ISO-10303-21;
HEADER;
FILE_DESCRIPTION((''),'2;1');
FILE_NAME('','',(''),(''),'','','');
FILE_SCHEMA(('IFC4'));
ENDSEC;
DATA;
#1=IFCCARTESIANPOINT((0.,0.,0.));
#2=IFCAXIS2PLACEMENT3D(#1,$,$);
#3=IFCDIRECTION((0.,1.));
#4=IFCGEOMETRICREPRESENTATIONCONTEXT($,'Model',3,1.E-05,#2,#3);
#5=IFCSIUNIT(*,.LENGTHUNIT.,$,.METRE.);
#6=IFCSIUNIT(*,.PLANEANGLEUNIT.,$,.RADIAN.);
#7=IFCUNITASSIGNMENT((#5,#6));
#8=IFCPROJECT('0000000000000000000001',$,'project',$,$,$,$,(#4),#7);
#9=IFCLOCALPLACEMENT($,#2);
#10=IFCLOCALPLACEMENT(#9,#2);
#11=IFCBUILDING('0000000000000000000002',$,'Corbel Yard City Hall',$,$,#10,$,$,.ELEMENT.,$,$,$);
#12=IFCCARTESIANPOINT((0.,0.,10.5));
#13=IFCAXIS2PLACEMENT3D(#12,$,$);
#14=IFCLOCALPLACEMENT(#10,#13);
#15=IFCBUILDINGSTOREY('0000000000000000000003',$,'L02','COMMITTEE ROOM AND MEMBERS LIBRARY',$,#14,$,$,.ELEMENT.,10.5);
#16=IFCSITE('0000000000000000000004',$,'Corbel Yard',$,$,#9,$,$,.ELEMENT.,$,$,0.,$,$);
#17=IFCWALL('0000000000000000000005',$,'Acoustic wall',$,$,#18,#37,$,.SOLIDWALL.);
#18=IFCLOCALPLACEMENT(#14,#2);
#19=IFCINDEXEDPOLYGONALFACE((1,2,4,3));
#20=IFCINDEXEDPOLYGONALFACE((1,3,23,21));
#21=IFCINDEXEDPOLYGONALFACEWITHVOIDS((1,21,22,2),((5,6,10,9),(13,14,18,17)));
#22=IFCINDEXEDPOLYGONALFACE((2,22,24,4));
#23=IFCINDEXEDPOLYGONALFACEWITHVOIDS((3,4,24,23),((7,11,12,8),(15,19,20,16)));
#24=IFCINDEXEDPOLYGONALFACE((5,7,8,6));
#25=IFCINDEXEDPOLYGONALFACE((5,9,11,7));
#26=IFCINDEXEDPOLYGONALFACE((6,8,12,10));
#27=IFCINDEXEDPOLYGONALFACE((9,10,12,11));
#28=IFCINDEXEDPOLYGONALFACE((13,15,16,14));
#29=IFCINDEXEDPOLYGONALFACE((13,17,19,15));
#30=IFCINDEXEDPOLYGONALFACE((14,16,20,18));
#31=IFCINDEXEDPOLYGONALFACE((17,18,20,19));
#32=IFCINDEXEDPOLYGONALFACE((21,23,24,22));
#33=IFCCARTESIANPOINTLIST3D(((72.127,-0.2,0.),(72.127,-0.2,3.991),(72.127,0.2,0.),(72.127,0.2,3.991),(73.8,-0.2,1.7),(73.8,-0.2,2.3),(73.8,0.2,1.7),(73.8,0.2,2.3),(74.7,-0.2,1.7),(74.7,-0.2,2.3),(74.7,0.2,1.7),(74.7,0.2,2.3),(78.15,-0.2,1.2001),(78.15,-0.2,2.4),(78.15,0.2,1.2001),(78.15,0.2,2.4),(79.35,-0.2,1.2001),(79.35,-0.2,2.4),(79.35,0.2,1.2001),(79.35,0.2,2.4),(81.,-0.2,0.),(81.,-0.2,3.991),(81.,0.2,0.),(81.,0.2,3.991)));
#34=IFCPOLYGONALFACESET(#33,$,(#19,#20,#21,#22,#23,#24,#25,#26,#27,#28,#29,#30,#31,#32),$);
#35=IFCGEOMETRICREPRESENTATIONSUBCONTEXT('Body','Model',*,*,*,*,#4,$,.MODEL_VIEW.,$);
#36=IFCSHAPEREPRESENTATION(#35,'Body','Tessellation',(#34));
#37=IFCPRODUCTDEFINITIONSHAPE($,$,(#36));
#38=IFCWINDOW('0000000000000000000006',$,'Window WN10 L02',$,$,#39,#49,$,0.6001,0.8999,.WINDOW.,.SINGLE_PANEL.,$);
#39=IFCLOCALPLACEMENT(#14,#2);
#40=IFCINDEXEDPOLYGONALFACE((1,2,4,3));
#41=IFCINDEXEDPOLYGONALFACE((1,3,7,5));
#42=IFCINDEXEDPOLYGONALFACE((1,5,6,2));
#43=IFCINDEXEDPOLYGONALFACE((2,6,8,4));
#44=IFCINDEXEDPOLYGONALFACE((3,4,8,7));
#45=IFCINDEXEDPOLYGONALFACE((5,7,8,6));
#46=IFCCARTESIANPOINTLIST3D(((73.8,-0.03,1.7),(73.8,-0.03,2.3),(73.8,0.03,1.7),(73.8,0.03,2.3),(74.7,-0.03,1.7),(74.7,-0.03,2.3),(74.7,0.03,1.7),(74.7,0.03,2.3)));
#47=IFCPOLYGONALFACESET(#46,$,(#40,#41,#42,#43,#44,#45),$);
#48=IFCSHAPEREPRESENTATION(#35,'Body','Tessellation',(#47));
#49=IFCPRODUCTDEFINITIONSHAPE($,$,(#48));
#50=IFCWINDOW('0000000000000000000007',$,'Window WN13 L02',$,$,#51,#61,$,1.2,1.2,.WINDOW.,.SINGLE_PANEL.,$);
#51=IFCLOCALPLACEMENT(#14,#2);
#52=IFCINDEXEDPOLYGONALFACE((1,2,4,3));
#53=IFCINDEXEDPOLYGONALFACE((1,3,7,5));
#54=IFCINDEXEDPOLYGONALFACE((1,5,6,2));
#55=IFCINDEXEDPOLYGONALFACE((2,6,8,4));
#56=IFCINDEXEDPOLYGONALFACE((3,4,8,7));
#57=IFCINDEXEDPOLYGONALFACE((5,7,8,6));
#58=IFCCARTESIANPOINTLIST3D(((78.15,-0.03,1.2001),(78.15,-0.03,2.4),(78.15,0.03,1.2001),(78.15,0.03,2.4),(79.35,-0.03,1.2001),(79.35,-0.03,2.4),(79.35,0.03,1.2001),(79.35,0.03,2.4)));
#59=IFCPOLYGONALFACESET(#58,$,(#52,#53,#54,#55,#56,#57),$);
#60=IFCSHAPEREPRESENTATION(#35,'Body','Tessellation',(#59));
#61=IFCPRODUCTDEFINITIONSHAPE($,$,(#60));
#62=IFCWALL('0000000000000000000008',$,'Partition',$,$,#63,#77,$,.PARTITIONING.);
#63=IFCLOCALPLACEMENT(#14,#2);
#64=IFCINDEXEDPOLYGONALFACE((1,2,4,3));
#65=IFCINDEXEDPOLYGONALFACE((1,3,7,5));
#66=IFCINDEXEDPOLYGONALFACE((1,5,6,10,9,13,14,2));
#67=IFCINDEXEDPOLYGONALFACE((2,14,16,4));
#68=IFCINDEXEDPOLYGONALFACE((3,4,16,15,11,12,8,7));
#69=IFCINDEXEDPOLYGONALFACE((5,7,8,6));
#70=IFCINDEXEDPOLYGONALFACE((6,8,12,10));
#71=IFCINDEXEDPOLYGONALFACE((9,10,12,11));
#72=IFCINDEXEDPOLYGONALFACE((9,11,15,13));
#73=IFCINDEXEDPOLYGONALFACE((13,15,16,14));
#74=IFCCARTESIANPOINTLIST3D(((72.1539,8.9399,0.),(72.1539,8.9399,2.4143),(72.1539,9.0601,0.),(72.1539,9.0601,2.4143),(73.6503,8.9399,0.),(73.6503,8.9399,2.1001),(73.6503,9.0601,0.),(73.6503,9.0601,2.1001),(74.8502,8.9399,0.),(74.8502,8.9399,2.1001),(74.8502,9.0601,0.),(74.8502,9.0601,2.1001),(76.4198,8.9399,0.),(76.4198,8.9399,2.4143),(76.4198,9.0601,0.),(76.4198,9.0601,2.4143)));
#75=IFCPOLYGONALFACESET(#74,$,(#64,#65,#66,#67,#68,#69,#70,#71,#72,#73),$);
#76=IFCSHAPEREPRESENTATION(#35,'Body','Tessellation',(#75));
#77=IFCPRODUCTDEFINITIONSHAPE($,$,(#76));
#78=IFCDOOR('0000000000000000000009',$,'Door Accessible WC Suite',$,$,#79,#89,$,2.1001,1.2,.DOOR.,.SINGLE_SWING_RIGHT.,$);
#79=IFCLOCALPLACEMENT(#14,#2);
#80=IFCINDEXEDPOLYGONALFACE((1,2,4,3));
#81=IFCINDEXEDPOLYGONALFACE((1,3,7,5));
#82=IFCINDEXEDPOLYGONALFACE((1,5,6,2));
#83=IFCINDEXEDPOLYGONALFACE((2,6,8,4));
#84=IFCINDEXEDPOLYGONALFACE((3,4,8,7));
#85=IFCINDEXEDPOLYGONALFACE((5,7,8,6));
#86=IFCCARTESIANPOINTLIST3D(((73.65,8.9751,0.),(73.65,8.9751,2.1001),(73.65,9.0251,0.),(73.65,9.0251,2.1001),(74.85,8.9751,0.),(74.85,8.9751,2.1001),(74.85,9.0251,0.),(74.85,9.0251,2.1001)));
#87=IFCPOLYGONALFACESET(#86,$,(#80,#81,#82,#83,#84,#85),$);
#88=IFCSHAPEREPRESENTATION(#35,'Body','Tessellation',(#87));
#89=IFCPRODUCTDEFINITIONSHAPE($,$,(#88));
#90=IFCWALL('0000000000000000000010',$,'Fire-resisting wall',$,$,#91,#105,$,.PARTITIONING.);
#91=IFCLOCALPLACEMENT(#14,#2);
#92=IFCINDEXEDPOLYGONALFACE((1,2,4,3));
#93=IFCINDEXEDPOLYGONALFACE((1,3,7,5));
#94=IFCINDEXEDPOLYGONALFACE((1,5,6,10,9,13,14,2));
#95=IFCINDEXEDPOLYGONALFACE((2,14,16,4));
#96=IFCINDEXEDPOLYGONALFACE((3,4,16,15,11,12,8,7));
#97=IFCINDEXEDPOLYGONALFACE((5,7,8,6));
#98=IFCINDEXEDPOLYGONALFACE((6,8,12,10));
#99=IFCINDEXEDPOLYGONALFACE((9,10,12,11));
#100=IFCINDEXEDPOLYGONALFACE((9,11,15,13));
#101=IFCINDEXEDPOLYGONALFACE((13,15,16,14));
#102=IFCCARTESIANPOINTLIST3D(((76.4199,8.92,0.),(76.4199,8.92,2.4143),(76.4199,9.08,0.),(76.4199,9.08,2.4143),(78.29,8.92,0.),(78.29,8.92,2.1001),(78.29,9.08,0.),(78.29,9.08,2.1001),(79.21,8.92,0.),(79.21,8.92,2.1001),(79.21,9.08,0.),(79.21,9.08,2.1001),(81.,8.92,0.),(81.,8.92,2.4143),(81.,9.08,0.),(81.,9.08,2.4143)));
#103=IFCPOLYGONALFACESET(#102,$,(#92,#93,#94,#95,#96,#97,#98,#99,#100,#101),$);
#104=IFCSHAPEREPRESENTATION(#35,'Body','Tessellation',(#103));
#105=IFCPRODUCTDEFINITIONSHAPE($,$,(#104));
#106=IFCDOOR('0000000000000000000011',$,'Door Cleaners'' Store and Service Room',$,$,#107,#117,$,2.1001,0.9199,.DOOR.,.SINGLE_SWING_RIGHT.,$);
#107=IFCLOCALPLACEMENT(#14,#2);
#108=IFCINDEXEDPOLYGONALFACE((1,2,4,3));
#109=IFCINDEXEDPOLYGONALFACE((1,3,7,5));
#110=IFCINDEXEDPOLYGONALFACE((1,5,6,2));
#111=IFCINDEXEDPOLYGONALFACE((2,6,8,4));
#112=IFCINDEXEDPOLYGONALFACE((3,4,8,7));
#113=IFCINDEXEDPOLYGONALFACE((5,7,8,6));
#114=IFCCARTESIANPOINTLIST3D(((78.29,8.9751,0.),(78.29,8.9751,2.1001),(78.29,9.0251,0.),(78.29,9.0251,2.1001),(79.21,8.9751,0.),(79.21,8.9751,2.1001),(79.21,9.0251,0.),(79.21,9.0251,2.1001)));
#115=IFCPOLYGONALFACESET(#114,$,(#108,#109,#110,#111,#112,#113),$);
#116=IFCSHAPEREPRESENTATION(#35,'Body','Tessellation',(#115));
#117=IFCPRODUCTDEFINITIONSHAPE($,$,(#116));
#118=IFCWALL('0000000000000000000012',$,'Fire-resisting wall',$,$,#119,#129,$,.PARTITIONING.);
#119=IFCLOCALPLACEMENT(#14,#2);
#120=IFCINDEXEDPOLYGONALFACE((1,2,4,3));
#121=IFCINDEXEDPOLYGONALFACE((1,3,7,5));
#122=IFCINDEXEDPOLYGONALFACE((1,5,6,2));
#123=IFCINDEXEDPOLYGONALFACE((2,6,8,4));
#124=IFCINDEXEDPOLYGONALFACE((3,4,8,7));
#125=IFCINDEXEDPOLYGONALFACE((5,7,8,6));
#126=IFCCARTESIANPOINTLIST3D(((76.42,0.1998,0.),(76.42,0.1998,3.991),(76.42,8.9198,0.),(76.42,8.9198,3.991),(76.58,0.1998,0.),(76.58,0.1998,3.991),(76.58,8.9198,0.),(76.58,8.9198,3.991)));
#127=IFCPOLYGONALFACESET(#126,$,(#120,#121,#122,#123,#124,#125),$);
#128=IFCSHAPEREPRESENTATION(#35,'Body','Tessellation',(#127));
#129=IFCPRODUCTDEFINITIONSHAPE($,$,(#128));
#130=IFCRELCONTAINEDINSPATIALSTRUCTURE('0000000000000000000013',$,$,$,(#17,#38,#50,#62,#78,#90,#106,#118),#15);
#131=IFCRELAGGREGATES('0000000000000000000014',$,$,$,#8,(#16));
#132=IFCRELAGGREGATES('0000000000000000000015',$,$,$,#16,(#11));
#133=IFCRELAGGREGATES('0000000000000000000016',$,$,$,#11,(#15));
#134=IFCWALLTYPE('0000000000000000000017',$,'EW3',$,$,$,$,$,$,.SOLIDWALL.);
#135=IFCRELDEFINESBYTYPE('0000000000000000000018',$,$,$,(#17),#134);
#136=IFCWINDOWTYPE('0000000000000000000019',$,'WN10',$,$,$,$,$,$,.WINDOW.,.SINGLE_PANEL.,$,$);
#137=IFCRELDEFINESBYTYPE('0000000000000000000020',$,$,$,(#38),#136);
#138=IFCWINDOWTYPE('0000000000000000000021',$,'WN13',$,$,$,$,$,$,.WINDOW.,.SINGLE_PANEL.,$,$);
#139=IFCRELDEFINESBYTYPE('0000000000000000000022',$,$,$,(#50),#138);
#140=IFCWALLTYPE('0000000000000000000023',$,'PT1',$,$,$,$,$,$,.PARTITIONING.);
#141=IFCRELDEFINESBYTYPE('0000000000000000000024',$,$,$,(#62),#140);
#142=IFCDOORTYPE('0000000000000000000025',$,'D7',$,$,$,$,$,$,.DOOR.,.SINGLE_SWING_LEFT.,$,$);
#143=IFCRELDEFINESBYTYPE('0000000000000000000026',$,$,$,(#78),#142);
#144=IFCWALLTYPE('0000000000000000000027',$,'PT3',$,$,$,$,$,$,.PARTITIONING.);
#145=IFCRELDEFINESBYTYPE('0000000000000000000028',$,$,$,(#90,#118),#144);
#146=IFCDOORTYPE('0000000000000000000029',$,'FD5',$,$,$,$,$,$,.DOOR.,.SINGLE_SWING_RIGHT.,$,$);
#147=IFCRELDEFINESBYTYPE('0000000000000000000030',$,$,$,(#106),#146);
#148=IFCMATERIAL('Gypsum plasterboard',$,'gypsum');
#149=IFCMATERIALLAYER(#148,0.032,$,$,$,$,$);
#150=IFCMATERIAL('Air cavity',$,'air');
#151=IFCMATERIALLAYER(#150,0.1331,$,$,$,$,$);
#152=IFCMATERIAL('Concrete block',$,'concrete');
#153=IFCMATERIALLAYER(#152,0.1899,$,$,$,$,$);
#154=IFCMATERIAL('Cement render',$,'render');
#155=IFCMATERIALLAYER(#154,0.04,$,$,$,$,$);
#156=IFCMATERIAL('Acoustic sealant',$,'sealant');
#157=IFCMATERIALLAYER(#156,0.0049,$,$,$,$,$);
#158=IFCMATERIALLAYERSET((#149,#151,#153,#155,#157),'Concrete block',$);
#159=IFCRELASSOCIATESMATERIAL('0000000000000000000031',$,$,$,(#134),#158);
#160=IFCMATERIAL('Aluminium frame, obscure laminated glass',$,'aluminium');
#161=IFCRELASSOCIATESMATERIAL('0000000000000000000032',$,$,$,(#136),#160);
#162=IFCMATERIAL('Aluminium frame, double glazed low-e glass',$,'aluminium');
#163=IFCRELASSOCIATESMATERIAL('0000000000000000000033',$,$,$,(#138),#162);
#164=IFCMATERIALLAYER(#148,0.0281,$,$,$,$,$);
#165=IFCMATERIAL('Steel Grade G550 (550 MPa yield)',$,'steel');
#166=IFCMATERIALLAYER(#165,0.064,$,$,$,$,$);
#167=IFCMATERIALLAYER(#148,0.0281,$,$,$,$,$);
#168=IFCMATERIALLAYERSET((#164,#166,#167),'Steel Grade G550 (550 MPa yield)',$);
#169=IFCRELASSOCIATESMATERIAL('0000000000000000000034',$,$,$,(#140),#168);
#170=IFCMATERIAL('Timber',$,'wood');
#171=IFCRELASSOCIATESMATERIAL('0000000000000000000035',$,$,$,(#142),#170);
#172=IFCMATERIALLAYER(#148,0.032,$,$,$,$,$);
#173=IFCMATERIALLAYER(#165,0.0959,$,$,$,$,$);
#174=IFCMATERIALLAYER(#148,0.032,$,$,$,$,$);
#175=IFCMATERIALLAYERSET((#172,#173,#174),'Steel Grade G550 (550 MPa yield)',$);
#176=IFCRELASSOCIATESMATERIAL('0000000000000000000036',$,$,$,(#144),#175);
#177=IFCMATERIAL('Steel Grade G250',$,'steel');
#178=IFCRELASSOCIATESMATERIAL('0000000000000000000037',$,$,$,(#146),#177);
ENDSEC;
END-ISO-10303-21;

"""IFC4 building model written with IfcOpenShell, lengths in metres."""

from ifc_helpers import new_model, si_unit, direction, frame, frame_2d, origin, place, context, subcontext, project, spatial, rectangle, extrude, material, layer, layer_set, type_object, element, fill, save


model = new_model("IFC4")

# Units and contexts
model_context = context("Model", 3, precision=1e-05, world=origin(), true_north=direction((0.0, 1.0)))
body_context = subcontext(model_context, "Body", "Model", "MODEL_VIEW")
ifc_project = project(units=[si_unit("LENGTHUNIT", "METRE"), si_unit("PLANEANGLEUNIT", "RADIAN")], contexts=[model_context])

# Site, building, storey
site_placement = place(None, origin())
site = spatial("IfcSite", under=ifc_project, at=site_placement, Name="Corbel Yard", CompositionType="ELEMENT", RefElevation=0.0)
building_placement = place(site_placement, origin())
building = spatial("IfcBuilding", under=site, at=building_placement, Name="Corbel Yard City Hall", CompositionType="ELEMENT")
storey_placement = place(building_placement, frame((0.0, 0.0, 10.5)))
storey = spatial("IfcBuildingStorey", under=building, at=storey_placement, Name="L02", Description="COMMITTEE ROOM AND MEMBERS LIBRARY", CompositionType="ELEMENT", Elevation=10.5)

# Wall, openings, windows
ifc_material_1 = material(Name="Gypsum plasterboard", Category="gypsum")
ifc_layer_1 = layer(ifc_material_1, 0.032)
ifc_material_2 = material(Name="Air cavity", Category="air")
ifc_layer_2 = layer(ifc_material_2, 0.1331)
ifc_material_3 = material(Name="Concrete block", Category="concrete")
ifc_layer_3 = layer(ifc_material_3, 0.1899)
ifc_material_4 = material(Name="Cement render", Category="render")
ifc_layer_4 = layer(ifc_material_4, 0.04)
ifc_material_5 = material(Name="Acoustic sealant", Category="sealant")
ifc_layer_5 = layer(ifc_material_5, 0.0049)
ifc_layer_set_1 = layer_set([ifc_layer_1, ifc_layer_2, ifc_layer_3, ifc_layer_4, ifc_layer_5], Name="Concrete block")
wall_type_1 = type_object("IfcWallType", Name="EW3", PredefinedType="SOLIDWALL", material=ifc_layer_set_1)
wall_1_placement = place(storey_placement, frame((72.127, 0.0, 0.0), z_axis=(0.0, 0.0, 1.0), x_axis=(1.0, 0.0, 0.0)))
wall_1 = element("IfcWall", 1, at=wall_1_placement, inside=storey, type_object=wall_type_1, Name="Acoustic wall", PredefinedType="SOLIDWALL", context=body_context, shape_type="SweptSolid", body=[
    extrude(rectangle(XDim=8.873, YDim=0.3999, at=frame_2d((4.4365, 0.0))), origin(), (0.0, 0.0, 1.0), 3.991),
])
opening_1_placement = place(wall_1_placement, frame((1.6731, 0.0, 1.7)))
opening_1 = element("IfcOpeningElement", 2, at=opening_1_placement, cuts=wall_1, PredefinedType="OPENING", context=body_context, shape_type="SweptSolid", body=[
    extrude(rectangle(XDim=0.8999, YDim=0.6001, at=frame_2d((0.45, 0.3))), frame((0.0, 0.21, 0.0), z_axis=(0.0, -1.0, 0.0), x_axis=(1.0, 0.0, 0.0)), (0.0, 0.0, 1.0), 0.4199),
])
opening_2_placement = place(wall_1_placement, frame((6.0229, 0.0, 1.2)))
opening_2 = element("IfcOpeningElement", 3, at=opening_2_placement, cuts=wall_1, PredefinedType="OPENING", context=body_context, shape_type="SweptSolid", body=[
    extrude(rectangle(XDim=1.2, YDim=1.2, at=frame_2d((0.6001, 0.6001))), frame((0.0, 0.21, 0.0), z_axis=(0.0, -1.0, 0.0), x_axis=(1.0, 0.0, 0.0)), (0.0, 0.0, 1.0), 0.4199),
])
ifc_material_6 = material(Name="Aluminium frame, obscure laminated glass", Category="aluminium")
window_type_1 = type_object("IfcWindowType", Name="WN10", PartitioningType="SINGLE_PANEL", PredefinedType="WINDOW", material=ifc_material_6)
window_1_placement = place(opening_1_placement, origin())
window_1 = element("IfcWindow", 4, at=window_1_placement, inside=storey, type_object=window_type_1, Name="Window WN10 L02", OverallHeight=0.6001, OverallWidth=0.8999, PartitioningType="SINGLE_PANEL", PredefinedType="WINDOW", context=body_context, shape_type="SweptSolid", body=[
    extrude(rectangle(XDim=0.8999, YDim=0.6001, at=frame_2d((0.45, 0.3))), frame((0.0, 0.03, 0.0), z_axis=(0.0, -1.0, 0.0), x_axis=(1.0, 0.0, 0.0)), (0.0, 0.0, 1.0), 0.0601),
])
fill(opening_1, window_1)
ifc_material_7 = material(Name="Aluminium frame, double glazed low-e glass", Category="aluminium")
window_type_2 = type_object("IfcWindowType", Name="WN13", PartitioningType="SINGLE_PANEL", PredefinedType="WINDOW", material=ifc_material_7)
window_2_placement = place(opening_2_placement, origin())
window_2 = element("IfcWindow", 5, at=window_2_placement, inside=storey, type_object=window_type_2, Name="Window WN13 L02", OverallHeight=1.2, OverallWidth=1.2, PartitioningType="SINGLE_PANEL", PredefinedType="WINDOW", context=body_context, shape_type="SweptSolid", body=[
    extrude(rectangle(XDim=1.2, YDim=1.2, at=frame_2d((0.6001, 0.6001))), frame((0.0, 0.03, 0.0), z_axis=(0.0, -1.0, 0.0), x_axis=(1.0, 0.0, 0.0)), (0.0, 0.0, 1.0), 0.0601),
])
fill(opening_2, window_2)

# Walls, openings, doors
ifc_layer_6 = layer(ifc_material_1, 0.0281)
ifc_material_8 = material(Name="Steel Grade G550 (550 MPa yield)", Category="steel")
ifc_layer_7 = layer(ifc_material_8, 0.064)
ifc_layer_8 = layer(ifc_material_1, 0.0281)
ifc_layer_set_2 = layer_set([ifc_layer_6, ifc_layer_7, ifc_layer_8], Name="Steel Grade G550 (550 MPa yield)")
wall_type_2 = type_object("IfcWallType", Name="PT1", PredefinedType="PARTITIONING", material=ifc_layer_set_2)
wall_2_placement = place(storey_placement, frame((72.1541, 9.0, 0.0), z_axis=(0.0, 0.0, 1.0), x_axis=(1.0, 0.0, 0.0)))
wall_2 = element("IfcWall", 6, at=wall_2_placement, inside=storey, type_object=wall_type_2, Name="Partition", PredefinedType="PARTITIONING", context=body_context, shape_type="SweptSolid", body=[
    extrude(rectangle(XDim=4.2659, YDim=0.1201, at=frame_2d((2.1328, 0.0))), origin(), (0.0, 0.0, 1.0), 2.4143),
])
opening_3_placement = place(wall_2_placement, frame((1.4961, 0.0, 0.0)))
opening_3 = element("IfcOpeningElement", 7, at=opening_3_placement, cuts=wall_2, PredefinedType="OPENING", context=body_context, shape_type="SweptSolid", body=[
    extrude(rectangle(XDim=1.2, YDim=2.1001, at=frame_2d((0.6001, 1.05))), frame((0.0, 0.0701, 0.0), z_axis=(0.0, -1.0, 0.0), x_axis=(1.0, 0.0, 0.0)), (0.0, 0.0, 1.0), 0.1401),
])
ifc_material_9 = material(Name="Timber", Category="wood")
door_type_1 = type_object("IfcDoorType", Name="D7", OperationType="SINGLE_SWING_LEFT", PredefinedType="DOOR", material=ifc_material_9)
door_1_placement = place(opening_3_placement, frame((1.2, 0.0, 0.0), z_axis=(0.0, 0.0, 1.0), x_axis=(-1.0, 0.0, 0.0)))
door_1 = element("IfcDoor", 8, at=door_1_placement, inside=storey, type_object=door_type_1, Name="Door Accessible WC Suite", OperationType="SINGLE_SWING_RIGHT", OverallHeight=2.1001, OverallWidth=1.2, PredefinedType="DOOR", context=body_context, shape_type="SweptSolid", body=[
    extrude(rectangle(XDim=1.2, YDim=2.1001, at=frame_2d((0.6001, 1.05))), frame((0.0, 0.0249, 0.0), z_axis=(0.0, -1.0, 0.0), x_axis=(1.0, 0.0, 0.0)), (0.0, 0.0, 1.0), 0.05),
])
fill(opening_3, door_1)
ifc_layer_9 = layer(ifc_material_1, 0.032)
ifc_layer_10 = layer(ifc_material_8, 0.0959)
ifc_layer_11 = layer(ifc_material_1, 0.032)
ifc_layer_set_3 = layer_set([ifc_layer_9, ifc_layer_10, ifc_layer_11], Name="Steel Grade G550 (550 MPa yield)")
wall_type_3 = type_object("IfcWallType", Name="PT3", PredefinedType="PARTITIONING", material=ifc_layer_set_3)
wall_3_placement = place(storey_placement, frame((76.4199, 9.0, 0.0), z_axis=(0.0, 0.0, 1.0), x_axis=(1.0, 0.0, 0.0)))
wall_3 = element("IfcWall", 9, at=wall_3_placement, inside=storey, type_object=wall_type_3, Name="Fire-resisting wall", PredefinedType="PARTITIONING", context=body_context, shape_type="SweptSolid", body=[
    extrude(rectangle(XDim=4.5801, YDim=0.1599, at=frame_2d((2.29, 0.0))), origin(), (0.0, 0.0, 1.0), 2.4143),
])
opening_4_placement = place(wall_3_placement, frame((1.8701, 0.0, 0.0)))
opening_4 = element("IfcOpeningElement", 10, at=opening_4_placement, cuts=wall_3, PredefinedType="OPENING", context=body_context, shape_type="SweptSolid", body=[
    extrude(rectangle(XDim=0.9199, YDim=2.1001, at=frame_2d((0.46, 1.05))), frame((0.0, 0.0898, 0.0), z_axis=(0.0, -1.0, 0.0), x_axis=(1.0, 0.0, 0.0)), (0.0, 0.0, 1.0), 0.1799),
])
ifc_material_10 = material(Name="Steel Grade G250", Category="steel")
door_type_2 = type_object("IfcDoorType", Name="FD5", OperationType="SINGLE_SWING_RIGHT", PredefinedType="DOOR", material=ifc_material_10)
door_2_placement = place(opening_4_placement, frame((0.9199, 0.0, 0.0), z_axis=(0.0, 0.0, 1.0), x_axis=(-1.0, 0.0, 0.0)))
door_2 = element("IfcDoor", 11, at=door_2_placement, inside=storey, type_object=door_type_2, Name="Door Cleaners' Store and Service Room", OperationType="SINGLE_SWING_RIGHT", OverallHeight=2.1001, OverallWidth=0.9199, PredefinedType="DOOR", context=body_context, shape_type="SweptSolid", body=[
    extrude(rectangle(XDim=0.9199, YDim=2.1001, at=frame_2d((0.46, 1.05))), frame((0.0, 0.0249, 0.0), z_axis=(0.0, -1.0, 0.0), x_axis=(1.0, 0.0, 0.0)), (0.0, 0.0, 1.0), 0.05),
])
fill(opening_4, door_2)

# Wall
wall_4_placement = place(storey_placement, frame((76.5, 0.2, 0.0), z_axis=(0.0, 0.0, 1.0), x_axis=(0.0, 1.0, 0.0)))
element("IfcWall", 12, at=wall_4_placement, inside=storey, type_object=wall_type_3, Name="Fire-resisting wall", PredefinedType="PARTITIONING", context=body_context, shape_type="SweptSolid", body=[
    extrude(rectangle(XDim=8.72, YDim=0.1599, at=frame_2d((4.3599, 0.0))), origin(), (0.0, 0.0, 1.0), 3.991),
])

save(model, "model.ifc")
